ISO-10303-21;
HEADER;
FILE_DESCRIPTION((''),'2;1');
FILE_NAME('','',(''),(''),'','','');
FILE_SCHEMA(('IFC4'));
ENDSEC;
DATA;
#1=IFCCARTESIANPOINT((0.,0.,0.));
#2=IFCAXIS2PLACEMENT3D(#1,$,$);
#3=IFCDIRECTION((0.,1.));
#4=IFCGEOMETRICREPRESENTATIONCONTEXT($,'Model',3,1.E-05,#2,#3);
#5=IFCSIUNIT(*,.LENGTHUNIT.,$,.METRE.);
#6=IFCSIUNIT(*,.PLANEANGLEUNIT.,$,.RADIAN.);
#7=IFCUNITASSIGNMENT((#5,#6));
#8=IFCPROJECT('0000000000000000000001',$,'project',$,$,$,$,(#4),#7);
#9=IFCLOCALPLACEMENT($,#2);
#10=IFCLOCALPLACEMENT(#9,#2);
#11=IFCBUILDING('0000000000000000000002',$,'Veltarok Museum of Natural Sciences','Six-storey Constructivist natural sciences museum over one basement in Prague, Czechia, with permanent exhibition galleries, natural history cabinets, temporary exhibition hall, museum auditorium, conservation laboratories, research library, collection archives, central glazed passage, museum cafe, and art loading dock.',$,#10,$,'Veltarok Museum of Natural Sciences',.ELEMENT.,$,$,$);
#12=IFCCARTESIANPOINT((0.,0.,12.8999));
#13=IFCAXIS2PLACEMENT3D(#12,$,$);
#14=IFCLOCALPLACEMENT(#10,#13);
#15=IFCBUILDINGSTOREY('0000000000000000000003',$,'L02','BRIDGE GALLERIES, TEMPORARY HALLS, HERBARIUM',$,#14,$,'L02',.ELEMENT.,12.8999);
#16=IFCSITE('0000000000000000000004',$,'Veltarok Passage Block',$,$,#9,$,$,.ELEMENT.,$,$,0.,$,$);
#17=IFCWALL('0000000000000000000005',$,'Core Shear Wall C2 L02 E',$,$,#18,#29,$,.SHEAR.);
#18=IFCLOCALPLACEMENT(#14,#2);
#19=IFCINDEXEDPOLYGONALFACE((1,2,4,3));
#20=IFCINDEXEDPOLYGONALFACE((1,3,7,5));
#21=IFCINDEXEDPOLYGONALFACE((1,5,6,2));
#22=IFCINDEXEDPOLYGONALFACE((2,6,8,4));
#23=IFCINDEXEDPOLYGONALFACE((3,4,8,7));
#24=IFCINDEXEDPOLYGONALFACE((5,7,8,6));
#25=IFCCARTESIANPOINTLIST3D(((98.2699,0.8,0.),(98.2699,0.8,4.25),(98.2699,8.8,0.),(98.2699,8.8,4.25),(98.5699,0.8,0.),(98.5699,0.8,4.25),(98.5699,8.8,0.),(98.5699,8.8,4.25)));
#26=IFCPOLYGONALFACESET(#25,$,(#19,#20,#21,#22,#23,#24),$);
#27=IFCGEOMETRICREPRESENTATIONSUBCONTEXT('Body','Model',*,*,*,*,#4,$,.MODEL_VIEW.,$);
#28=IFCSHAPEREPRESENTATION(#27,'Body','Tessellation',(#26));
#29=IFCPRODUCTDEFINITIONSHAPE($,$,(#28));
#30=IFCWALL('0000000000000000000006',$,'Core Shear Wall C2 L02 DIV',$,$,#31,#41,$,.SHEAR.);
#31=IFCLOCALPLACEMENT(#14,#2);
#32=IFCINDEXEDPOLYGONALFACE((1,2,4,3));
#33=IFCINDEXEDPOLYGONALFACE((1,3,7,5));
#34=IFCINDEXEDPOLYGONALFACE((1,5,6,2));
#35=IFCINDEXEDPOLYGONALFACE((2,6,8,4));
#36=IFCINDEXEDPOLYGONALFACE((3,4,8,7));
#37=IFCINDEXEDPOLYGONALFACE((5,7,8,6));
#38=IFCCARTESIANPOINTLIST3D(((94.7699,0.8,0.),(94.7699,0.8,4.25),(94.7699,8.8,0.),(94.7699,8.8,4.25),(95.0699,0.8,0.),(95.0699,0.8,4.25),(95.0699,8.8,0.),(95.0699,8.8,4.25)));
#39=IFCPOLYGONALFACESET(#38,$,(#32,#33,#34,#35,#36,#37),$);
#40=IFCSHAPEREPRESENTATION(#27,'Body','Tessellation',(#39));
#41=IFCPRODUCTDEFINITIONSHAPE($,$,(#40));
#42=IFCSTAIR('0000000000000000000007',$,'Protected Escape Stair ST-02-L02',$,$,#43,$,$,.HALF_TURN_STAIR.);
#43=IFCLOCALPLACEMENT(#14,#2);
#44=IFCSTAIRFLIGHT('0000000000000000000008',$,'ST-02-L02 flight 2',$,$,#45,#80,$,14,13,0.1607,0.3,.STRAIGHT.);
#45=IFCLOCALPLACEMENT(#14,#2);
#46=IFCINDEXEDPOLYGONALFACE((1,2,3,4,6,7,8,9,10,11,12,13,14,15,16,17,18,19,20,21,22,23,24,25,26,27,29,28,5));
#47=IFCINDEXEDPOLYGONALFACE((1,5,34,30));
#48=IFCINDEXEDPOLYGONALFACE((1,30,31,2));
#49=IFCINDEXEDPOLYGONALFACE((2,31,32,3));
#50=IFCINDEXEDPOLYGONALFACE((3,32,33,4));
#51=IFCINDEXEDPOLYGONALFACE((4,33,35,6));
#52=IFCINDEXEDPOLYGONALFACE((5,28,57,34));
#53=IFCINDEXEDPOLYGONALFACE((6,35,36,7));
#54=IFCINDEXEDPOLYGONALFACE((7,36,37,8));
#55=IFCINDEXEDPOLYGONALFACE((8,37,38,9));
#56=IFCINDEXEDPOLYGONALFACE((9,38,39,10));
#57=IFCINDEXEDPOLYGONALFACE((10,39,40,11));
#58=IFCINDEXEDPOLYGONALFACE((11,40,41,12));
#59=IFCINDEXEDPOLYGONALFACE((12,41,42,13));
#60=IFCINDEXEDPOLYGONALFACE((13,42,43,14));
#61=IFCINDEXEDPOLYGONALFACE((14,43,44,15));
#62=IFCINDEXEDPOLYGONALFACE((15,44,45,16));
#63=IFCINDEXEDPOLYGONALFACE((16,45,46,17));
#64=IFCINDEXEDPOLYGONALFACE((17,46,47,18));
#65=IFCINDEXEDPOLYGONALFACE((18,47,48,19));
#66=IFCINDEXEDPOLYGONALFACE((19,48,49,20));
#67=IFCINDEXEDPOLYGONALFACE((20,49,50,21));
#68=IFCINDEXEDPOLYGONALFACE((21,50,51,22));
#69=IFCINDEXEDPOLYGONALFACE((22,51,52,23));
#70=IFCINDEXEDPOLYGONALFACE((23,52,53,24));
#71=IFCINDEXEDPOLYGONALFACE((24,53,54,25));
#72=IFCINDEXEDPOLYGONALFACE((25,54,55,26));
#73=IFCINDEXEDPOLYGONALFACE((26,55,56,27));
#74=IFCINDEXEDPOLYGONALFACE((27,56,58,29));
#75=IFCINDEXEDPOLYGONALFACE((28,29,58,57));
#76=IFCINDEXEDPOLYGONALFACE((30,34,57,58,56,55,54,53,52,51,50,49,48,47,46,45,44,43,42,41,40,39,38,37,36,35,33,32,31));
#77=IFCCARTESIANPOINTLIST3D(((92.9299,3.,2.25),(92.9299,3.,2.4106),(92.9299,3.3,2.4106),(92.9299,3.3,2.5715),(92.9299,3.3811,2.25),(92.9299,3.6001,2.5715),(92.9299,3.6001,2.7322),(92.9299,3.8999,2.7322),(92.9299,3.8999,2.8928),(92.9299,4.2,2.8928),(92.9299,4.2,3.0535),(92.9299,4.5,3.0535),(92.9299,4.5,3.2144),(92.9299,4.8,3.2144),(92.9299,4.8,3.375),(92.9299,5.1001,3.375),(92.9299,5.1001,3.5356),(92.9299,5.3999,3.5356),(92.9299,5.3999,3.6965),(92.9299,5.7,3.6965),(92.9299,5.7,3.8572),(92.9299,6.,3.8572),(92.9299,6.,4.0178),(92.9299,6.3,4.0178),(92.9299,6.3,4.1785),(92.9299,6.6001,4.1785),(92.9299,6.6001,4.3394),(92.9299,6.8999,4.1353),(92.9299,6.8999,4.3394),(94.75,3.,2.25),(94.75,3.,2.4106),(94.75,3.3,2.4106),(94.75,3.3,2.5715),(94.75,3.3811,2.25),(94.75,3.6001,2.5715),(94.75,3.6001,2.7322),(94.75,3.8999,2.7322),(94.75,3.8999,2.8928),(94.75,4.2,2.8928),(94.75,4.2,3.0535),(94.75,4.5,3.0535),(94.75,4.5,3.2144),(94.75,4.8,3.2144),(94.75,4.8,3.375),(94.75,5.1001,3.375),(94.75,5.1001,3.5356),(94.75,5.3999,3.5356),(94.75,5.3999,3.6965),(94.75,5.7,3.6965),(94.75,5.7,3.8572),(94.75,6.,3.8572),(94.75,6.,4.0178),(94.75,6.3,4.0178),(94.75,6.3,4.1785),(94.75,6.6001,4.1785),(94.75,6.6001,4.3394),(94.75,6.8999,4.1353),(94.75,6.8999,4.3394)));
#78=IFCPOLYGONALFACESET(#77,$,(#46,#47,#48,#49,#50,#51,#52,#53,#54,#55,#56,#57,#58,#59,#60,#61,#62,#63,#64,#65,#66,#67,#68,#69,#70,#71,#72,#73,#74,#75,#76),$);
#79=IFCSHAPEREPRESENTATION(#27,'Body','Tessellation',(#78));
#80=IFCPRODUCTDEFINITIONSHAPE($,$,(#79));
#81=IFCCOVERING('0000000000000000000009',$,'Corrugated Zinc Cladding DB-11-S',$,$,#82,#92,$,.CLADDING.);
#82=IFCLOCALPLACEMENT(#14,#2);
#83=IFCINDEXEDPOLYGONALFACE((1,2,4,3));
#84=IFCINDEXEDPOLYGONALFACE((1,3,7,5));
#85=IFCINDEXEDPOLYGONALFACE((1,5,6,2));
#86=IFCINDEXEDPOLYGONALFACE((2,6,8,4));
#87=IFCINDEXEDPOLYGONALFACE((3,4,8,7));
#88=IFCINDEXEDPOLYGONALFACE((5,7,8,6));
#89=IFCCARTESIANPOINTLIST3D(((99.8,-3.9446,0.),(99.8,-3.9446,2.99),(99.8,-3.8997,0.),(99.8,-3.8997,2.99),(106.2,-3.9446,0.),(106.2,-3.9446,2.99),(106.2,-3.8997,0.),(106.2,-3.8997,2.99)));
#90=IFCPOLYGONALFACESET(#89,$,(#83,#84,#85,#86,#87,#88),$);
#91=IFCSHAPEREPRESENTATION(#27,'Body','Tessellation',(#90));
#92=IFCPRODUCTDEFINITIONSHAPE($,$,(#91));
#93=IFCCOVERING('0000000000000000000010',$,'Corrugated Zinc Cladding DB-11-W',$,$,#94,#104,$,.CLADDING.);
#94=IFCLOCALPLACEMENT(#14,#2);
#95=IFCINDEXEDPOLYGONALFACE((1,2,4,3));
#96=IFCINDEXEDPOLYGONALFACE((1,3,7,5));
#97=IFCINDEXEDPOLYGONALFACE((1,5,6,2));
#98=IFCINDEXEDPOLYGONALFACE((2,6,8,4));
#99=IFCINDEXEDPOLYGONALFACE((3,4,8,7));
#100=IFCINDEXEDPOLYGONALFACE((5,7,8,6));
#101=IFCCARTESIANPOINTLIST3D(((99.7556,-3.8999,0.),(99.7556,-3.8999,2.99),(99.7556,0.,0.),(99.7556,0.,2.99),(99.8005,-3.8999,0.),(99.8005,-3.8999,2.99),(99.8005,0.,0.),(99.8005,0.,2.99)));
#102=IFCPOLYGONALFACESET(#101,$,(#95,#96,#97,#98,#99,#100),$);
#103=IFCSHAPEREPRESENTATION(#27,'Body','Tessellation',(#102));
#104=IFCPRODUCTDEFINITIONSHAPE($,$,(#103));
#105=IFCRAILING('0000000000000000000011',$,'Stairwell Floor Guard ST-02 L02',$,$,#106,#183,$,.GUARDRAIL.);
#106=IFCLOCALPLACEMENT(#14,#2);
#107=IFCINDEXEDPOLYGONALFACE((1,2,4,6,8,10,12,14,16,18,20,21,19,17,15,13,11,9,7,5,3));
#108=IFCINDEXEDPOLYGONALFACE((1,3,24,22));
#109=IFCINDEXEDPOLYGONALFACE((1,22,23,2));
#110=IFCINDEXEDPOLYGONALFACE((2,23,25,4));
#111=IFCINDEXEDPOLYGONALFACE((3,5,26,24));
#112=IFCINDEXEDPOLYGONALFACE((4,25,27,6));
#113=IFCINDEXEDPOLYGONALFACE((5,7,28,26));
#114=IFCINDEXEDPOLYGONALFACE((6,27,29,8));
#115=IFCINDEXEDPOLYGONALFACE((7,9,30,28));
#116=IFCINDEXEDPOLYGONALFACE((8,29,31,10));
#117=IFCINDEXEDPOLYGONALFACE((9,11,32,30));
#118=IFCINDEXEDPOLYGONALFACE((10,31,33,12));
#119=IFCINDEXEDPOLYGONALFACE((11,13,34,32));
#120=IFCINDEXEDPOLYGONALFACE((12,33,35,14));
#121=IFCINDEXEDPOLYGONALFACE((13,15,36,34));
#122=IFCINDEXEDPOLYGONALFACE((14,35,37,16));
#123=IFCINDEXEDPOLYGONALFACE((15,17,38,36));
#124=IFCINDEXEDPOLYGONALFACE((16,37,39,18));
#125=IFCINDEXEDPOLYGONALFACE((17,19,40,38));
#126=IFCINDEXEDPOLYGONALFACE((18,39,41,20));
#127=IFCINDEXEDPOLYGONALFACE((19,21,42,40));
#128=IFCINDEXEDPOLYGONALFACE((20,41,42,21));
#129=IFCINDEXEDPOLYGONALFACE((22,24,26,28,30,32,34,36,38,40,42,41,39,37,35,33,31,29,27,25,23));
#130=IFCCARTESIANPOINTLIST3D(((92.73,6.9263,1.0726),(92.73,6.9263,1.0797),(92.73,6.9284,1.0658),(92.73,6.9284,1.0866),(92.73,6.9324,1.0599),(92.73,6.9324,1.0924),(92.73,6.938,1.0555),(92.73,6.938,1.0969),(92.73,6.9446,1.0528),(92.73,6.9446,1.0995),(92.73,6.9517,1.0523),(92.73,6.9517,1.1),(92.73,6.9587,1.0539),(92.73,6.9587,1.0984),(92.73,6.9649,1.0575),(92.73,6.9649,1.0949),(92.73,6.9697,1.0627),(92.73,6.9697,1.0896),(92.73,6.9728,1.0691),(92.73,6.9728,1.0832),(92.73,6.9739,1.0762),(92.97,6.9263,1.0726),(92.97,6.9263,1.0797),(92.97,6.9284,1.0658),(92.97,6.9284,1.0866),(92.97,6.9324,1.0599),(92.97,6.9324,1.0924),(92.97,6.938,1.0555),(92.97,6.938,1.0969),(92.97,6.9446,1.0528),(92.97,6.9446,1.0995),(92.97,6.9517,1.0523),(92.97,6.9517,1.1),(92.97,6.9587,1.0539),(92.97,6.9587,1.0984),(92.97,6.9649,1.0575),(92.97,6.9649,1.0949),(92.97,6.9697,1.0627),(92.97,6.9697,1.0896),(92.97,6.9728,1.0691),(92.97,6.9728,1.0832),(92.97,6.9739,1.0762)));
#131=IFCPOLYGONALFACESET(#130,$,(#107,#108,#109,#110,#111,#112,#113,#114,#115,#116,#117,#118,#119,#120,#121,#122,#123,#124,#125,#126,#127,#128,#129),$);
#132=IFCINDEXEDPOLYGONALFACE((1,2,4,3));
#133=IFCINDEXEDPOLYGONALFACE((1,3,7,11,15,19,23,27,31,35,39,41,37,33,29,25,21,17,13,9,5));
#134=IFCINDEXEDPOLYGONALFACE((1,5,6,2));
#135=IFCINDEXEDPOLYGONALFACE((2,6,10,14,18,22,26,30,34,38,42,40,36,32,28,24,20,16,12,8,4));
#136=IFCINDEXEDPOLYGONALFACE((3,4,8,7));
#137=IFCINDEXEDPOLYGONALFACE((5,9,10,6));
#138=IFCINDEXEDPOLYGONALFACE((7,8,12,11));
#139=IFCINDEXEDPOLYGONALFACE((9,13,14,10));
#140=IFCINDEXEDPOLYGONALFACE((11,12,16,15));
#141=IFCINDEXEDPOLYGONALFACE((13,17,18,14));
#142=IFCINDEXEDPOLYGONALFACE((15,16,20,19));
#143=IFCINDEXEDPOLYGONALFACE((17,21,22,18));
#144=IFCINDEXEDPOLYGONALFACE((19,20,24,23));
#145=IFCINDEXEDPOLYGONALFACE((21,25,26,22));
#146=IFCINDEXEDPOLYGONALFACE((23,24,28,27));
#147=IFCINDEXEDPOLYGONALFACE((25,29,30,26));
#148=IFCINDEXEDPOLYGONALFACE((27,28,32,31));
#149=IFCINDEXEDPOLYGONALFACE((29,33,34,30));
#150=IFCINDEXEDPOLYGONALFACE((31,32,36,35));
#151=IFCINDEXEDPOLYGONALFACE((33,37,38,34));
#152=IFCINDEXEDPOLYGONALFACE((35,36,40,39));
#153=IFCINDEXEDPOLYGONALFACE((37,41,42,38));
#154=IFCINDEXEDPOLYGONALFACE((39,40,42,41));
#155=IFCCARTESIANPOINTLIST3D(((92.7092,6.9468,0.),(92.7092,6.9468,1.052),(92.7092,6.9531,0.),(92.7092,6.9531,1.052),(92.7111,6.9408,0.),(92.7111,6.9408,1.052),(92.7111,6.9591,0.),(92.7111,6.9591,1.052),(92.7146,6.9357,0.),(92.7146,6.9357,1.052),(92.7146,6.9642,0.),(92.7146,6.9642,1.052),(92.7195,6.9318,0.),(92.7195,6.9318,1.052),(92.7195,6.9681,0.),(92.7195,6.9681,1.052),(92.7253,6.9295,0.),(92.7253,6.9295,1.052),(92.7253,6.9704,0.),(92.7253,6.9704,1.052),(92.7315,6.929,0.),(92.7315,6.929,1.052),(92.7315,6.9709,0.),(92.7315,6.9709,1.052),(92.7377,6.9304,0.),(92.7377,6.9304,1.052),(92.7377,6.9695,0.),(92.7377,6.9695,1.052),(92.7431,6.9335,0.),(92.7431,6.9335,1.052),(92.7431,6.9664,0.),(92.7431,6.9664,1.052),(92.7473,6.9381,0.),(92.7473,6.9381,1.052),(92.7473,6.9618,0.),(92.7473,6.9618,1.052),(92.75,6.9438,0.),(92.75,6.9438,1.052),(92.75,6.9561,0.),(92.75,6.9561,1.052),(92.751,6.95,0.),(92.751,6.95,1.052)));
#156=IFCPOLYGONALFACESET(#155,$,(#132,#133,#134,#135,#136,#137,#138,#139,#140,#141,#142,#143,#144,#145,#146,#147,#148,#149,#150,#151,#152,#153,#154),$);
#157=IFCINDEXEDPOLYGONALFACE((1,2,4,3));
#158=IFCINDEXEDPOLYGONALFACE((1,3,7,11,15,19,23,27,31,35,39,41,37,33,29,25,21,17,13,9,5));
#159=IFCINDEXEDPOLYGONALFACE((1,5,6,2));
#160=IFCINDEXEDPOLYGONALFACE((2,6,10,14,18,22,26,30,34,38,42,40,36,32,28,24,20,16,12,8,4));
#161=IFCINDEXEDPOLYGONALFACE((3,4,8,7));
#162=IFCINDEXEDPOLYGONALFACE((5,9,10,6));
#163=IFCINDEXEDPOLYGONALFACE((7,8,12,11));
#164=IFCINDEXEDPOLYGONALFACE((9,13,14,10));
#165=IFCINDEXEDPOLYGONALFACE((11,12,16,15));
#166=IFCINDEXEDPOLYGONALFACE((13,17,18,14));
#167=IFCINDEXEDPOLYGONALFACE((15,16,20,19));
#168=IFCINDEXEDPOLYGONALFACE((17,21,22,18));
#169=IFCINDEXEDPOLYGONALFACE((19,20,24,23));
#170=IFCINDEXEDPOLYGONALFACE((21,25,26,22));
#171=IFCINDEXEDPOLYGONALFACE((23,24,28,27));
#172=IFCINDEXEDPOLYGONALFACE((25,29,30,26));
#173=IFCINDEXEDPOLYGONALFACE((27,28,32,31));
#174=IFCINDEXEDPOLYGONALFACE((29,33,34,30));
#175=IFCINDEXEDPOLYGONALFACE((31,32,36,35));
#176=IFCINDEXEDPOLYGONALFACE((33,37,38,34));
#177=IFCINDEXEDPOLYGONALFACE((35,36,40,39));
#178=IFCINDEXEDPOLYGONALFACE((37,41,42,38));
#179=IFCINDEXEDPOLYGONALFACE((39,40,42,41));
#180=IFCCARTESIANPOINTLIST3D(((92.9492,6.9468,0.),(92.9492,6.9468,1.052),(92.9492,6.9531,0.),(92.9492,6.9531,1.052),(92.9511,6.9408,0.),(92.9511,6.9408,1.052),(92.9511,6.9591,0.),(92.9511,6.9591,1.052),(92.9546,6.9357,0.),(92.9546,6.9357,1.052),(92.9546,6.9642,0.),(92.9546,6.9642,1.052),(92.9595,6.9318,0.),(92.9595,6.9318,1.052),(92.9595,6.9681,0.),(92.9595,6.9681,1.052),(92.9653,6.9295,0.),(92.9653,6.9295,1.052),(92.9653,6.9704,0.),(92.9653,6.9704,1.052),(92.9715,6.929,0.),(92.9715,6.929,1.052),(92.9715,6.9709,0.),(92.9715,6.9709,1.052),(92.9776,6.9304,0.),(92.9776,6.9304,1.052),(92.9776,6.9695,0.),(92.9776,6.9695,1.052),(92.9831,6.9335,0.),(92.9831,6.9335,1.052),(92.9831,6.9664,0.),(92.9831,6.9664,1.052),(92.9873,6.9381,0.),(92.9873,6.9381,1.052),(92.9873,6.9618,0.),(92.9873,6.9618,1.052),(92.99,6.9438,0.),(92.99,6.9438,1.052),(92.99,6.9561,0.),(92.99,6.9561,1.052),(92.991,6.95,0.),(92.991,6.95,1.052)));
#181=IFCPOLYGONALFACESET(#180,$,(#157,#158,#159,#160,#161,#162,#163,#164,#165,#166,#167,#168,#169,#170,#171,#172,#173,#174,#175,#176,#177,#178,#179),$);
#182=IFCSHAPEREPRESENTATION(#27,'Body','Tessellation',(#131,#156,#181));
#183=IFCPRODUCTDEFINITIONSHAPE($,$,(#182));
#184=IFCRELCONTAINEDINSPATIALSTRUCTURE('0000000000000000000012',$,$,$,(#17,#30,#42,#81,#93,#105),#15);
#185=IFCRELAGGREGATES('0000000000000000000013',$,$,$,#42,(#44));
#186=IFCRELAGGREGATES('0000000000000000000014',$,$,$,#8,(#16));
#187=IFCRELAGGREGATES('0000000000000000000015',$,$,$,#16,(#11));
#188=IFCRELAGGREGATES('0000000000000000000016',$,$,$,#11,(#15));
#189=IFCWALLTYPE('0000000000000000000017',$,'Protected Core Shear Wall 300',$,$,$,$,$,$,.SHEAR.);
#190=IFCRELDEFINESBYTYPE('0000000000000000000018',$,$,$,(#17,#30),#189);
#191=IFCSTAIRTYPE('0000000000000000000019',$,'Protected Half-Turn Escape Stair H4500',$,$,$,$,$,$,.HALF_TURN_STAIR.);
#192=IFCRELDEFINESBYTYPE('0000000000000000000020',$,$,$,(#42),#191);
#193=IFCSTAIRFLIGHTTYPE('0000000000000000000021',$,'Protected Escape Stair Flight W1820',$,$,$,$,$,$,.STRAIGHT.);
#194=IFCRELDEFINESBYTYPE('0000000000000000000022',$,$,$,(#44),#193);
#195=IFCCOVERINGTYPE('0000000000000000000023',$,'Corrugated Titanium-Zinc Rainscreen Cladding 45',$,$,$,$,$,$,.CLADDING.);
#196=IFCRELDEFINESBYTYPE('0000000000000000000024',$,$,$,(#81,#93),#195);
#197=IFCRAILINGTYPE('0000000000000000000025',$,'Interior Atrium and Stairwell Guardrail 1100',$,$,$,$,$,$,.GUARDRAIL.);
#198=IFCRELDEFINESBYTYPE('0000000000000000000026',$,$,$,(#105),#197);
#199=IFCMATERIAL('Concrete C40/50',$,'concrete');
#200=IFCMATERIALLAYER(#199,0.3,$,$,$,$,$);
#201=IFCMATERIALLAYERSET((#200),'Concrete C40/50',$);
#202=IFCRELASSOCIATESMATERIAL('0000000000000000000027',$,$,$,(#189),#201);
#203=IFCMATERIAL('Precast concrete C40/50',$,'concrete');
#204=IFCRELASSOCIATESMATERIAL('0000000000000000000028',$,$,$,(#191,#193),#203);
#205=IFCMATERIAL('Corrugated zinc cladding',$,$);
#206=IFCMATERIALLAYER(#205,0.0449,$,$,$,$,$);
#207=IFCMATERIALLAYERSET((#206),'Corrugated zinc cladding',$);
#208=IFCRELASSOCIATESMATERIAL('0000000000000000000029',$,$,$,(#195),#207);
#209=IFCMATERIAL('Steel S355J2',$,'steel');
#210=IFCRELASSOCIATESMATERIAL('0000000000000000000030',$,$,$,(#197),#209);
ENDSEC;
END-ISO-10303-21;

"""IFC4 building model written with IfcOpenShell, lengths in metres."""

from ifc_helpers import new_model, si_unit, direction, frame, frame_2d, origin, origin_2d, place, context, subcontext, project, spatial, polyline, rectangle, circle, outline, extrude, material, layer, layer_set, type_object, element, aggregate, save


model = new_model("IFC4")

# Units and contexts
model_context = context("Model", 3, precision=1e-05, world=origin(), true_north=direction((0.0, 1.0)))
body_context = subcontext(model_context, "Body", "Model", "MODEL_VIEW")
ifc_project = project(units=[si_unit("LENGTHUNIT", "METRE"), si_unit("PLANEANGLEUNIT", "RADIAN")], contexts=[model_context])

# Site, building, storey
site_placement = place(None, origin())
site = spatial("IfcSite", under=ifc_project, at=site_placement, Name="Veltarok Passage Block", CompositionType="ELEMENT", RefElevation=0.0)
building_placement = place(site_placement, origin())
building = spatial("IfcBuilding", under=site, at=building_placement, Name="Veltarok Museum of Natural Sciences", Description="Six-storey Constructivist natural sciences museum over one basement in Prague, Czechia, with permanent exhibition galleries, natural history cabinets, temporary exhibition hall, museum auditorium, conservation laboratories, research library, collection archives, central glazed passage, museum cafe, and art loading dock.", LongName="Veltarok Museum of Natural Sciences", CompositionType="ELEMENT")
storey_placement = place(building_placement, frame((0.0, 0.0, 12.8999)))
storey = spatial("IfcBuildingStorey", under=building, at=storey_placement, Name="L02", Description="BRIDGE GALLERIES, TEMPORARY HALLS, HERBARIUM", LongName="L02", CompositionType="ELEMENT", Elevation=12.8999)

# Shared definitions
ifc_material_1 = material(Name="Concrete C40/50", Category="concrete")

# Shared definitions
ifc_material_2 = material(Name="Steel S355J2", Category="steel")

# Shared definitions
ifc_material_3 = material(Name="Precast concrete C40/50", Category="concrete")

# Shared definitions
ifc_layer_1 = layer(ifc_material_1, 0.3)
ifc_layer_set_1 = layer_set([ifc_layer_1], Name="Concrete C40/50")
wall_type_1 = type_object("IfcWallType", Name="Protected Core Shear Wall 300", PredefinedType="SHEAR", material=ifc_layer_set_1)

# Walls
for number, where, z_axis, x_axis, name in (
    (1, (98.4199, 0.8, 0.0), (0.0, 0.0, 1.0), (0.0, 1.0, 0.0), "Core Shear Wall C2 L02 E"),
    (2, (94.9199, 0.8, 0.0), (0.0, 0.0, 1.0), (0.0, 1.0, 0.0), "Core Shear Wall C2 L02 DIV"),
):
    element("IfcWall", number, at=place(storey_placement, frame(where, z_axis=z_axis, x_axis=x_axis)), inside=storey, type_object=wall_type_1, Name=name, PredefinedType="SHEAR", context=body_context, shape_type="SweptSolid", body=[
        extrude(rectangle(XDim=8.0, YDim=0.3, at=frame_2d((4.0, 0.0))), origin(), (0.0, 0.0, 1.0), 4.25),
    ])

# Stair, stair flight
stair_type = type_object("IfcStairType", Name="Protected Half-Turn Escape Stair H4500", PredefinedType="HALF_TURN_STAIR", material=ifc_material_3)
stair_placement = place(storey_placement, origin())
stair = element("IfcStair", 3, at=stair_placement, inside=storey, type_object=stair_type, Name="Protected Escape Stair ST-02-L02", PredefinedType="HALF_TURN_STAIR")
stair_flight_type = type_object("IfcStairFlightType", Name="Protected Escape Stair Flight W1820", PredefinedType="STRAIGHT", material=ifc_material_3)
stair_flight_placement = place(storey_placement, frame((93.8401, 3.0, 2.25), z_axis=(0.0, 0.0, 1.0), x_axis=(0.0, 1.0, 0.0)))
stair_flight = element("IfcStairFlight", 4, at=stair_flight_placement, type_object=stair_flight_type, Name="ST-02-L02 flight 2", NumberOfRisers=14, NumberOfTreads=13, PredefinedType="STRAIGHT", RiserHeight=0.1607, TreadLength=0.3, context=body_context, shape_type="SweptSolid", body=[
    extrude(outline(polyline([(0.0, 0.0), (0.0, 0.1606), (0.3, 0.1606), (0.3, 0.3215), (0.6001, 0.3215), (0.6001, 0.4822), (0.8999, 0.4822), (0.8999, 0.6428), (1.2, 0.6428), (1.2, 0.8035), (1.5, 0.8035), (1.5, 0.9644), (1.8, 0.9644), (1.8, 1.125), (2.1001, 1.125), (2.1001, 1.2856), (2.3999, 1.2856), (2.3999, 1.4465), (2.7, 1.4465), (2.7, 1.6072), (3.0, 1.6072), (3.0, 1.7678), (3.3, 1.7678), (3.3, 1.9285), (3.6001, 1.9285), (3.6001, 2.0894), (3.8999, 2.0894), (3.8999, 2.25), (3.8999, 1.8853), (0.3811, 0.0), (0.0, 0.0)])), frame((0.0, 0.9102, 0.0), z_axis=(0.0, -1.0, 0.0), x_axis=(1.0, 0.0, 0.0)), (0.0, 0.0, 1.0), 1.8201),
])
aggregate(stair, [stair_flight])

# Coverings
ifc_material_4 = material(Name="Corrugated zinc cladding")
ifc_layer_2 = layer(ifc_material_4, 0.0449)
ifc_layer_set_2 = layer_set([ifc_layer_2], Name="Corrugated zinc cladding")
covering_type = type_object("IfcCoveringType", Name="Corrugated Titanium-Zinc Rainscreen Cladding 45", PredefinedType="CLADDING", material=ifc_layer_set_2)
covering_1_placement = place(storey_placement, frame((99.8, -3.9221, 0.0), z_axis=(0.0, 0.0, 1.0), x_axis=(1.0, 0.0, 0.0)))
element("IfcCovering", 5, at=covering_1_placement, inside=storey, type_object=covering_type, Name="Corrugated Zinc Cladding DB-11-S", PredefinedType="CLADDING", context=body_context, shape_type="SweptSolid", body=[
    extrude(rectangle(XDim=6.3999, YDim=0.0449, at=frame_2d((3.2, 0.0))), origin(), (0.0, 0.0, 1.0), 2.99),
])
covering_2_placement = place(storey_placement, frame((99.7781, 0.0, 0.0), z_axis=(0.0, 0.0, 1.0), x_axis=(0.0, -1.0, 0.0)))
element("IfcCovering", 6, at=covering_2_placement, inside=storey, type_object=covering_type, Name="Corrugated Zinc Cladding DB-11-W", PredefinedType="CLADDING", context=body_context, shape_type="SweptSolid", body=[
    extrude(rectangle(XDim=3.8999, YDim=0.0449, at=frame_2d((1.95, 0.0))), origin(), (0.0, 0.0, 1.0), 2.99),
])

# Railing
railing_type_1 = type_object("IfcRailingType", Name="Interior Atrium and Stairwell Guardrail 1100", PredefinedType="GUARDRAIL", material=ifc_material_2)
railing_placement = place(storey_placement, frame((92.73, 6.95, 0.0)))
element("IfcRailing", 7, at=railing_placement, inside=storey, type_object=railing_type_1, Name="Stairwell Floor Guard ST-02 L02", PredefinedType="GUARDRAIL", context=body_context, shape_type="SweptSolid", body=[
    extrude(circle(Radius=0.0239, at=origin_2d()), frame((0.0, 0.0, 1.0762), z_axis=(1.0, 0.0, 0.0), x_axis=(0.0, 1.0, 0.0)), (0.0, 0.0, 1.0), 0.24),
    extrude(circle(Radius=0.021, at=origin_2d()), origin(), (0.0, 0.0, 1.0), 1.052),
    extrude(circle(Radius=0.021, at=origin_2d()), frame((0.24, 0.0, 0.0)), (0.0, 0.0, 1.0), 1.052),
])

save(model, "model.ifc")
